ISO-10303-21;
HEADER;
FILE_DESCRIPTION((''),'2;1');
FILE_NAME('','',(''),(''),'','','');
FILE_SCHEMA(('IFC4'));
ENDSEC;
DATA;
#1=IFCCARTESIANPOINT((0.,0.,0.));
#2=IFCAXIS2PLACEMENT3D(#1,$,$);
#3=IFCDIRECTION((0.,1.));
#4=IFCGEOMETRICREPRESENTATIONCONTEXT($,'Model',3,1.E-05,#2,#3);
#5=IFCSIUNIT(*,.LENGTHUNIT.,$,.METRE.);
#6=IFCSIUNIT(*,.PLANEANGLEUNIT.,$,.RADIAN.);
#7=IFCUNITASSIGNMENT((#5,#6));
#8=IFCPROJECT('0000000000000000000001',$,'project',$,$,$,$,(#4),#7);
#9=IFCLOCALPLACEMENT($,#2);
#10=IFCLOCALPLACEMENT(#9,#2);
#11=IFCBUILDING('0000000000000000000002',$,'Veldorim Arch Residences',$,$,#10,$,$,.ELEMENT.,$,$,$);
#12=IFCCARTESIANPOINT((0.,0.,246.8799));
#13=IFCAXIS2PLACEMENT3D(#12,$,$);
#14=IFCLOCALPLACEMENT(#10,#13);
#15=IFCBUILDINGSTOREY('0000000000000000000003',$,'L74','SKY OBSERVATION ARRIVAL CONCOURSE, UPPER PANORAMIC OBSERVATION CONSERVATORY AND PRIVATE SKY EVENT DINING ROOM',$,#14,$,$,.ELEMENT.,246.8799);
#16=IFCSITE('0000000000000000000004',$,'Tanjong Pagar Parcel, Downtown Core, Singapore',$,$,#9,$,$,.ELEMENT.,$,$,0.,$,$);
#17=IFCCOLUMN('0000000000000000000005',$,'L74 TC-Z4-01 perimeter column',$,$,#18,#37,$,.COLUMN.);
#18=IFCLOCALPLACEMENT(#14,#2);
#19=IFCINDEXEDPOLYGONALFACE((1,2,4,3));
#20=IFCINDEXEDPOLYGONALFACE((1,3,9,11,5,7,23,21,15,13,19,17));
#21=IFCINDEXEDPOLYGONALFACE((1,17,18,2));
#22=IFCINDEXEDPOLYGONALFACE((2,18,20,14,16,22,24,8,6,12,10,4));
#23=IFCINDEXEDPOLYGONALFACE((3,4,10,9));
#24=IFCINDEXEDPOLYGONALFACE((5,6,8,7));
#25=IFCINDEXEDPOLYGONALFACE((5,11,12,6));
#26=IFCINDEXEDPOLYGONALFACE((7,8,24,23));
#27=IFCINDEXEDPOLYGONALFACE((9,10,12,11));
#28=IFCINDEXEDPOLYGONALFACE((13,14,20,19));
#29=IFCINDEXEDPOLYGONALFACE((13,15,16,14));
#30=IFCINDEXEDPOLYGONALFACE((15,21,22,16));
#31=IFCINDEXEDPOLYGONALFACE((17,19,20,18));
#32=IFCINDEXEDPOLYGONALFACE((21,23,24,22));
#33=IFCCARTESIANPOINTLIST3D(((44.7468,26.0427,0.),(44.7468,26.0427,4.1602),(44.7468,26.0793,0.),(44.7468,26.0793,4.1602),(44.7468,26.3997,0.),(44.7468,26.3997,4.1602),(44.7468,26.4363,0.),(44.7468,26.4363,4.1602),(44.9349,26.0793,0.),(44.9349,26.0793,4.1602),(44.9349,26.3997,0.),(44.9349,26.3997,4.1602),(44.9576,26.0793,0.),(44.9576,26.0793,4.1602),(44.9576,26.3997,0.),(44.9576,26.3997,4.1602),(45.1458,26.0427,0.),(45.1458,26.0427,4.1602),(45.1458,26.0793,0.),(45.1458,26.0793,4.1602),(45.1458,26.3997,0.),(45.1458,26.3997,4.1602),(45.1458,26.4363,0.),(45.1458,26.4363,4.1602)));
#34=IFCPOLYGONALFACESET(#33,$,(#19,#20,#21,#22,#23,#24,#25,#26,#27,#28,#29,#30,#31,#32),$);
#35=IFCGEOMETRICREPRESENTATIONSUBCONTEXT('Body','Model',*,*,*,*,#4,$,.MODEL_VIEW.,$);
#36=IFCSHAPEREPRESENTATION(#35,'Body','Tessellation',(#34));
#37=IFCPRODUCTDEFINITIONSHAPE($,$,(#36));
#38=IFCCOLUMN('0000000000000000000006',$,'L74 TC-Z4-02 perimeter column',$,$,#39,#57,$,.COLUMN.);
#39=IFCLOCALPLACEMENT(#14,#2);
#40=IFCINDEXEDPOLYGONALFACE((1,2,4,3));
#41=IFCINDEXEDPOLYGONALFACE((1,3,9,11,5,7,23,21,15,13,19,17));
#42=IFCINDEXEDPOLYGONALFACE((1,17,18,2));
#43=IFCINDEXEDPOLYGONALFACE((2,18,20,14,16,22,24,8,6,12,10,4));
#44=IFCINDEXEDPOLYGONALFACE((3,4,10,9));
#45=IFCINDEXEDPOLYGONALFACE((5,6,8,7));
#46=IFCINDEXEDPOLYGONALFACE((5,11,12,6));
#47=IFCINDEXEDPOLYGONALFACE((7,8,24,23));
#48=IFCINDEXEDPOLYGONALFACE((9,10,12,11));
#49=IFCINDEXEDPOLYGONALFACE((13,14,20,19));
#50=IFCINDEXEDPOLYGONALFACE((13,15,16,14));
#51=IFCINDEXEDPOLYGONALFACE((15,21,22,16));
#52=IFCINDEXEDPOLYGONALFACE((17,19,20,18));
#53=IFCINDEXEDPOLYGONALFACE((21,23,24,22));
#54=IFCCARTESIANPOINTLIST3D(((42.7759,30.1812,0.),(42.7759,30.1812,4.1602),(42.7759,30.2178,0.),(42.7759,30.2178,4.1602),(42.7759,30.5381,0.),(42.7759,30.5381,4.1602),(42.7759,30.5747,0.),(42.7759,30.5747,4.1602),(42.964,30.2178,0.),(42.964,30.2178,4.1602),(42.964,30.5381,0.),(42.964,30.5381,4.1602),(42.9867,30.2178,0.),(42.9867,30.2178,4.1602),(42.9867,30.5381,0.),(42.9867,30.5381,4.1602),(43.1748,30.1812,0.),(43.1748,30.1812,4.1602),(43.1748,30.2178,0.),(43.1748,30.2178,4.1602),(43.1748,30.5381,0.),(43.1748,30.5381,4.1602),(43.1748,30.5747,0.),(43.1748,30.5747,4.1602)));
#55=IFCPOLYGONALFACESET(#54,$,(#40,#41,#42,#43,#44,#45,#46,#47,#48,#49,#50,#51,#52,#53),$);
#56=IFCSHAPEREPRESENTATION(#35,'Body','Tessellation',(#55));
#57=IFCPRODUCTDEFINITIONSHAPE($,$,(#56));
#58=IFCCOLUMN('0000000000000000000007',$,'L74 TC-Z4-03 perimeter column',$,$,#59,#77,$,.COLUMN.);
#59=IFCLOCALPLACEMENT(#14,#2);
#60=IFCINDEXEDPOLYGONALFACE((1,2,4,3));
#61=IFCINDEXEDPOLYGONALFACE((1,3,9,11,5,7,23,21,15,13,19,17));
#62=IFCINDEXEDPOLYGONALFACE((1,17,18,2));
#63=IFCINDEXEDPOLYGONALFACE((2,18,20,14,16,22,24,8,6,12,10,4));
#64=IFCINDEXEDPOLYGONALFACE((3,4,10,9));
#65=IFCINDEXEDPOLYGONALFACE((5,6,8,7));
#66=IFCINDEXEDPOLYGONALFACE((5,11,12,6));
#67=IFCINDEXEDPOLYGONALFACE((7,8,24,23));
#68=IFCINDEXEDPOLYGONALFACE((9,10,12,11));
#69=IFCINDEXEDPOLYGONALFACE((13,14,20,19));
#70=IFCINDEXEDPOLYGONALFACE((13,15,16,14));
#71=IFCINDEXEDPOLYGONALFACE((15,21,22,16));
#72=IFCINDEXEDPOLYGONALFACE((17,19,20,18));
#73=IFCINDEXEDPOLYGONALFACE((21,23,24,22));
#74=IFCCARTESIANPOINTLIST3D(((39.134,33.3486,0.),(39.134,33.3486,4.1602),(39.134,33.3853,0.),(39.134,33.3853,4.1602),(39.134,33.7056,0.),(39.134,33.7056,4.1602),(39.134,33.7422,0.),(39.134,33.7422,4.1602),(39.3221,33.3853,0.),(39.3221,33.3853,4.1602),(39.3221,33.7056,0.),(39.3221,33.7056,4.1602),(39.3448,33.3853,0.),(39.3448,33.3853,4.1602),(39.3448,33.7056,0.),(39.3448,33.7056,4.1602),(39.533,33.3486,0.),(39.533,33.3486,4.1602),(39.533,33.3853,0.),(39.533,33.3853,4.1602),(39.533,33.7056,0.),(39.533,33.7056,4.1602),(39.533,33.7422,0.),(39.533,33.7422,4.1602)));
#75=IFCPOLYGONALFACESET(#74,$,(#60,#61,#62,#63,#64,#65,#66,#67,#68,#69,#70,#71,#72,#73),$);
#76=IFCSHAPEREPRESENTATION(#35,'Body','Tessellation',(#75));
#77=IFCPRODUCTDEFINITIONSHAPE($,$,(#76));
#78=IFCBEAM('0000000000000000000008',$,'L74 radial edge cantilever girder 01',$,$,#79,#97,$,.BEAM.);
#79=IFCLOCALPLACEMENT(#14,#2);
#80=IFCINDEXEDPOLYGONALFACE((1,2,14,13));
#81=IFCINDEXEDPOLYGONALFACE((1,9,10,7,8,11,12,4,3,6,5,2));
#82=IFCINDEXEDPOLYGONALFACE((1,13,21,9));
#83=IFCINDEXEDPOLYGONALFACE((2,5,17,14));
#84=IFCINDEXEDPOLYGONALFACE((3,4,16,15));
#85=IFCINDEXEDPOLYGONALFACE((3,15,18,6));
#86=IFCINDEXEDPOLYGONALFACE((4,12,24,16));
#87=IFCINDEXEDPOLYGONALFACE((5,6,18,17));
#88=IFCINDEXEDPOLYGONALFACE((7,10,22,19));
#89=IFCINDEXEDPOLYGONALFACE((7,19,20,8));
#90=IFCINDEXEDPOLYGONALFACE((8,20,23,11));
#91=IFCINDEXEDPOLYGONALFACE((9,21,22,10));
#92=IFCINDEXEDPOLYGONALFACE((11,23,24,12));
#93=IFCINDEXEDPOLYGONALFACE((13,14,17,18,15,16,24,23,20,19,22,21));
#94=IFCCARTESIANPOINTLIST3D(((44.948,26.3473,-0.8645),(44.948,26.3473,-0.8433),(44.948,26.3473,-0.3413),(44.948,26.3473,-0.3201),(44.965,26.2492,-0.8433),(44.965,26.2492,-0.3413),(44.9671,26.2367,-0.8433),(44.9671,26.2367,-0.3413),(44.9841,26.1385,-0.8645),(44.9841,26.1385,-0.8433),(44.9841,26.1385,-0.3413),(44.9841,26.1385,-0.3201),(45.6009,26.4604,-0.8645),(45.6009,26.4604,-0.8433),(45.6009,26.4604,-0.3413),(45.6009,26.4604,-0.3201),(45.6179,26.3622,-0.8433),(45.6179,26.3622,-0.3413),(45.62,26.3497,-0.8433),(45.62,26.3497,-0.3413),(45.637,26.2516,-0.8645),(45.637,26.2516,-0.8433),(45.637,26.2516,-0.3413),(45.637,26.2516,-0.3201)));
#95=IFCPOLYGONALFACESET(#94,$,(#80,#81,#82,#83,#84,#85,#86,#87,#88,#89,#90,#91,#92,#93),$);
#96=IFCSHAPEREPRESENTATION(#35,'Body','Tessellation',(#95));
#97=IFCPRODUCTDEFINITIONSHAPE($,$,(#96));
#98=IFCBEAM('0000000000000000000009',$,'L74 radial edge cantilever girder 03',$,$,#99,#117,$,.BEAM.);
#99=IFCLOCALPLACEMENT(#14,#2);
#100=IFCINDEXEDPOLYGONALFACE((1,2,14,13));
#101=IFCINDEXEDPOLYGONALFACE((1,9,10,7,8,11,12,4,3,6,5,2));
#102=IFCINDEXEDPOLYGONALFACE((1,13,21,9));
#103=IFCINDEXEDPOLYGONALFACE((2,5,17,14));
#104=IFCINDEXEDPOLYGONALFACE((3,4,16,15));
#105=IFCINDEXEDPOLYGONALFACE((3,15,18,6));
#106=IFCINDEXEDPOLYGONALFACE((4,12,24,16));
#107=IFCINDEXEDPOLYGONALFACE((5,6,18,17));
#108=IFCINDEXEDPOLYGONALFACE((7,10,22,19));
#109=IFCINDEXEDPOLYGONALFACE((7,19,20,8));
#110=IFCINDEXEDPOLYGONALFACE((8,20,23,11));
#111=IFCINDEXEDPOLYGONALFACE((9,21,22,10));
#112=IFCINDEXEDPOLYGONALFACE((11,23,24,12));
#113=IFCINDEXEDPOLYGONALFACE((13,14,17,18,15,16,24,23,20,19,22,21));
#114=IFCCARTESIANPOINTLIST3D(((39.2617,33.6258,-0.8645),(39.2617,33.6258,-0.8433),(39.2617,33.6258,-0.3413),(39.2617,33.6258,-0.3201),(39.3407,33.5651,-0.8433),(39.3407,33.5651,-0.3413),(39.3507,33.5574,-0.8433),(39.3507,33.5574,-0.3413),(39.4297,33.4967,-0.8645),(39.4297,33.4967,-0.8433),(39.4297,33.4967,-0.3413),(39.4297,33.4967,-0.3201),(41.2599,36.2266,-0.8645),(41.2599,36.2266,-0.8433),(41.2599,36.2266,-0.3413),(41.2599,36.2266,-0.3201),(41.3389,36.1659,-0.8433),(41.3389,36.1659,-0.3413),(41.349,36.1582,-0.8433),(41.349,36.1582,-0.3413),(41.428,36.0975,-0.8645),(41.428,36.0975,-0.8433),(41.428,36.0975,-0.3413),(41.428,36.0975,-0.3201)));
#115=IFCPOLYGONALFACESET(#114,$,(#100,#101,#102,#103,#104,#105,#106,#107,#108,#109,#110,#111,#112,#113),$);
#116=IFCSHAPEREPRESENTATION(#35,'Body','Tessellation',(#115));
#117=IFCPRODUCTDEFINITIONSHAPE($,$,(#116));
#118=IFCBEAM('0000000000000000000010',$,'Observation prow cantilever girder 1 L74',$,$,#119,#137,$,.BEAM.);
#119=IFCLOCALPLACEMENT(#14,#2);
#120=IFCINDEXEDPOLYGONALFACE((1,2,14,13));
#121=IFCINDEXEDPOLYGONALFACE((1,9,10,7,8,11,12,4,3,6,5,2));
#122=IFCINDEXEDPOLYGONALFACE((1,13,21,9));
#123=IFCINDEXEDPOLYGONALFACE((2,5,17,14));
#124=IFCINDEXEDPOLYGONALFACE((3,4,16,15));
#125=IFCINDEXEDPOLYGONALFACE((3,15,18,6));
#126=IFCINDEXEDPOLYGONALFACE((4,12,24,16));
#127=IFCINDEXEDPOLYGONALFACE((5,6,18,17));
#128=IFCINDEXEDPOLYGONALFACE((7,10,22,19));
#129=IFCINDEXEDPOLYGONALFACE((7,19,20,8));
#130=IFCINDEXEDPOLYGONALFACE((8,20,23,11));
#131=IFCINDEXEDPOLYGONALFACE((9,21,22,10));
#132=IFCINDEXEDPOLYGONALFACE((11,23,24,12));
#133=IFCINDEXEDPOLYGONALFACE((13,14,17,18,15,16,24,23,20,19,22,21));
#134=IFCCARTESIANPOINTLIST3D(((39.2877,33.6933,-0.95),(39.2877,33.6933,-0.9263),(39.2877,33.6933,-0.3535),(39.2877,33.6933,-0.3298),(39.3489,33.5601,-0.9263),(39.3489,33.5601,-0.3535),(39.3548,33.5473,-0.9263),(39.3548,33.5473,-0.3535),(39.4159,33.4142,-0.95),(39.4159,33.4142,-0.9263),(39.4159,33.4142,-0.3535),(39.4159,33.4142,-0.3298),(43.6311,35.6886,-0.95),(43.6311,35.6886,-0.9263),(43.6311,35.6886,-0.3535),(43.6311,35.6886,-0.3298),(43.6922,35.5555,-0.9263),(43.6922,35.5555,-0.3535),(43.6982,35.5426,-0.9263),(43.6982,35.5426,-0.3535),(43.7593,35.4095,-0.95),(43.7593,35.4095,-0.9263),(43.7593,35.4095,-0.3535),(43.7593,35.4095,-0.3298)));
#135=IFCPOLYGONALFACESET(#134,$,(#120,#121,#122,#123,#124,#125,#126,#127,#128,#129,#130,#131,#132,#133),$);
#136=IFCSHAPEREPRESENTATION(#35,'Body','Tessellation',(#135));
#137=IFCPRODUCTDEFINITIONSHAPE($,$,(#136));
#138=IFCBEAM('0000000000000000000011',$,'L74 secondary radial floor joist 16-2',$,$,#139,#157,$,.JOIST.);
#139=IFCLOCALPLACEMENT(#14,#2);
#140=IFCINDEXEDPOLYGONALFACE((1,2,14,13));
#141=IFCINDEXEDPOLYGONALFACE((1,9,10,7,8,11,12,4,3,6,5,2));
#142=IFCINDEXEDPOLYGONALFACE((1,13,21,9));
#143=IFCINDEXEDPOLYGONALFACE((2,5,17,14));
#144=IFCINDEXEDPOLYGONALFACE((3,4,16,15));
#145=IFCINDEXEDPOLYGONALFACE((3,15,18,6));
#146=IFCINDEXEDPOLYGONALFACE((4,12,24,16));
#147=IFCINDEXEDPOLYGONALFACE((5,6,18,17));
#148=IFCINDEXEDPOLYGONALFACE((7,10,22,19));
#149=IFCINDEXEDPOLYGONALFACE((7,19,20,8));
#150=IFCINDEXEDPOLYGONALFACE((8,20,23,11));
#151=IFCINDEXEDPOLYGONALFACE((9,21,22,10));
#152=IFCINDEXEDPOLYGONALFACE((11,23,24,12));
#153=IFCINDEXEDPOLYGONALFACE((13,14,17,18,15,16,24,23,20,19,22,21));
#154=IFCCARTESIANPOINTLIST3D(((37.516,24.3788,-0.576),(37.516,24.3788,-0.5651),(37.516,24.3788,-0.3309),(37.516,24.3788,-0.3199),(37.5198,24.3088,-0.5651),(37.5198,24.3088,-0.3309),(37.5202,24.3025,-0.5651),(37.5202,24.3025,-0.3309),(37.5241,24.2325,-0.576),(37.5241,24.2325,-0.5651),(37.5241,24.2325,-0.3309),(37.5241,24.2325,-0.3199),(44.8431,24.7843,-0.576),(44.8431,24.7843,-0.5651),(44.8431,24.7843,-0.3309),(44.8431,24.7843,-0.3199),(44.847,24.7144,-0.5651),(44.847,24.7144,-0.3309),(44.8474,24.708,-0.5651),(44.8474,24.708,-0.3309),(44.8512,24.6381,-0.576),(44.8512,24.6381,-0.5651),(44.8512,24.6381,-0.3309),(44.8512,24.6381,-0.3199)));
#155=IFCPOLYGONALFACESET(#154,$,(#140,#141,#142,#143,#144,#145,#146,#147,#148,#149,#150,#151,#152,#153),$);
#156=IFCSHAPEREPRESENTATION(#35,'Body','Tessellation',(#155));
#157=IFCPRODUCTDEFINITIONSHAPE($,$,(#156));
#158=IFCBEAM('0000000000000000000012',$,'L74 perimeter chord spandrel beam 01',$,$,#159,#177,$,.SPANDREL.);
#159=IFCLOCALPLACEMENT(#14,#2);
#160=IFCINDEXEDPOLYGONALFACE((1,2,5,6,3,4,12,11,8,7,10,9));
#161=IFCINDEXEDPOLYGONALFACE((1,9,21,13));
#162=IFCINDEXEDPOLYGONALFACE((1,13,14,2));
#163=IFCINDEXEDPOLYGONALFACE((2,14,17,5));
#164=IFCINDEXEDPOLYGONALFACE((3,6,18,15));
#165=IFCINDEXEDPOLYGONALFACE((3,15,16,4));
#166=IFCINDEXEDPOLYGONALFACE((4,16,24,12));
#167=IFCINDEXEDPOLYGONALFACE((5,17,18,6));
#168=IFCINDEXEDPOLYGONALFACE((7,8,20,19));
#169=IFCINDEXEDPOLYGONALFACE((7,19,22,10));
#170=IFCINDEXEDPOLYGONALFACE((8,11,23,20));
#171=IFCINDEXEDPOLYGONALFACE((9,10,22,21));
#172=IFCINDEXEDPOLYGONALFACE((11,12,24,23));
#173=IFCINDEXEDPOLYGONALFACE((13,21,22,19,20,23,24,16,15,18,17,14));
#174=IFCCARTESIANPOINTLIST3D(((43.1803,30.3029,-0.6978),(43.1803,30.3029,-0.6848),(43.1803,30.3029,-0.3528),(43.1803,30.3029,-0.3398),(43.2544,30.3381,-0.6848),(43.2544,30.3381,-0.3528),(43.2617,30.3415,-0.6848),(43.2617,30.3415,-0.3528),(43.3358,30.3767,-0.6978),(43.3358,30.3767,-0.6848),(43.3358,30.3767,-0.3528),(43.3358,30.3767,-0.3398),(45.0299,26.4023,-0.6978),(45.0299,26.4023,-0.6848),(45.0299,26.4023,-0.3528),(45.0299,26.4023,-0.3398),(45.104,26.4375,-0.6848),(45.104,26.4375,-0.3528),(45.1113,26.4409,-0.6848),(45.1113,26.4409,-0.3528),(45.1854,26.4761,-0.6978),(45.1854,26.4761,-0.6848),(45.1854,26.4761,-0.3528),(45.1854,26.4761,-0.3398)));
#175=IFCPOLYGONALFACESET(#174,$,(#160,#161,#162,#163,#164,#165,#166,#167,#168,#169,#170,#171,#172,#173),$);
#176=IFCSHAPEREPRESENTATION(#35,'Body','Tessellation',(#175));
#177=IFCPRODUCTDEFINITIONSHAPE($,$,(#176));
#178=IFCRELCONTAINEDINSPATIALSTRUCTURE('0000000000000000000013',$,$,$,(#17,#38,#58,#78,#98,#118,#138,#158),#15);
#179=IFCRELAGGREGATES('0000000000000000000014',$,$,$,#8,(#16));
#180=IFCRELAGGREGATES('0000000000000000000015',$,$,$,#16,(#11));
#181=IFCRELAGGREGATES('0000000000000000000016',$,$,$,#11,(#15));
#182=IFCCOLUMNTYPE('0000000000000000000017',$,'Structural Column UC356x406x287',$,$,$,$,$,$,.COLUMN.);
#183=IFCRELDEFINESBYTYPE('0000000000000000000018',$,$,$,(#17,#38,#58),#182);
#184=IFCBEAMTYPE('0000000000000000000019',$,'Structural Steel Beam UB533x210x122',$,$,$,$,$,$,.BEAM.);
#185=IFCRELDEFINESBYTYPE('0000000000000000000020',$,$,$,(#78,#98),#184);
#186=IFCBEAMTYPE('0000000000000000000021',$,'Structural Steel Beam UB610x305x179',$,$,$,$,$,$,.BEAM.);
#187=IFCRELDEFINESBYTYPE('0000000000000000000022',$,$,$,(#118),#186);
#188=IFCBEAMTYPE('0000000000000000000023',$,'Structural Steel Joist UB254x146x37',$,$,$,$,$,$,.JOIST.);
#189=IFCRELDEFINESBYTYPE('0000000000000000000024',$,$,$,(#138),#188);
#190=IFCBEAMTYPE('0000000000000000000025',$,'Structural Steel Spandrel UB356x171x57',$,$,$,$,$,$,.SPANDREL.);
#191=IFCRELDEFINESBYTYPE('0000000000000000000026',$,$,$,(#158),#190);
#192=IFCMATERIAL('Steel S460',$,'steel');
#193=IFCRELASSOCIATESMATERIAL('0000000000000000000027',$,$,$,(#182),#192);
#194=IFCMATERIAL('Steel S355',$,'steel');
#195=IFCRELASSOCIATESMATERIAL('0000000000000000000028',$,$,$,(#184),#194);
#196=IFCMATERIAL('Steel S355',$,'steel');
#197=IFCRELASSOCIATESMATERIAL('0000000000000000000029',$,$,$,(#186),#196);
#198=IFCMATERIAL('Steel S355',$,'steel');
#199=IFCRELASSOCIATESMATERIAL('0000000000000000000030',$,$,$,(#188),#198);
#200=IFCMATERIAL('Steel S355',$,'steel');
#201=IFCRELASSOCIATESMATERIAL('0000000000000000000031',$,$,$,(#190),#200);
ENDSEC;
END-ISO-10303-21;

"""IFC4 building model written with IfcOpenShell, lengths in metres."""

from ifc_helpers import new_model, si_unit, direction, frame, origin, origin_2d, place, context, subcontext, project, spatial, i_section, extrude, material, material_profile, profile_set, type_object, element, save


model = new_model("IFC4")

# Units and contexts
model_context = context("Model", 3, precision=1e-05, world=origin(), true_north=direction((0.0, 1.0)))
body_context = subcontext(model_context, "Body", "Model", "MODEL_VIEW")
ifc_project = project(units=[si_unit("LENGTHUNIT", "METRE"), si_unit("PLANEANGLEUNIT", "RADIAN")], contexts=[model_context])

# Site, building, storey
site_placement = place(None, origin())
site = spatial("IfcSite", under=ifc_project, at=site_placement, Name="Tanjong Pagar Parcel, Downtown Core, Singapore", CompositionType="ELEMENT", RefElevation=0.0)
building_placement = place(site_placement, origin())
building = spatial("IfcBuilding", under=site, at=building_placement, Name="Veldorim Arch Residences", CompositionType="ELEMENT")
storey_placement = place(building_placement, frame((0.0, 0.0, 246.8799)))
storey = spatial("IfcBuildingStorey", under=building, at=storey_placement, Name="L74", Description="SKY OBSERVATION ARRIVAL CONCOURSE, UPPER PANORAMIC OBSERVATION CONSERVATORY AND PRIVATE SKY EVENT DINING ROOM", CompositionType="ELEMENT", Elevation=246.8799)

# Columns
ifc_material_1 = material(Name="Steel S460", Category="steel")
ifc_material_profile_1 = material_profile(ifc_material_1, i_section(OverallWidth=0.3989, OverallDepth=0.3936, WebThickness=0.0227, FlangeThickness=0.0366, at=origin_2d()), Name="UC356x406x287")
ifc_profile_set_1 = profile_set([ifc_material_profile_1], Name="Steel S460")
column_type = type_object("IfcColumnType", Name="Structural Column UC356x406x287", PredefinedType="COLUMN", material=ifc_profile_set_1)
for number, where, z_axis, x_axis, name in (
    (1, (44.9463, 26.2395, 0.0), (0.0, 0.0, 1.0), (1.0, 0.0, 0.0), "L74 TC-Z4-01 perimeter column"),
    (2, (42.9753, 30.3779, 0.0), (0.0, 0.0, 1.0), (1.0, 0.0, 0.0), "L74 TC-Z4-02 perimeter column"),
    (3, (39.3335, 33.5454, 0.0), (0.0, 0.0, 1.0), (1.0, 0.0, 0.0), "L74 TC-Z4-03 perimeter column"),
):
    element("IfcColumn", number, at=place(storey_placement, frame(where, z_axis=z_axis, x_axis=x_axis)), inside=storey, type_object=column_type, Name=name, PredefinedType="COLUMN", context=body_context, shape_type="SweptSolid", body=[
        extrude(i_section(OverallWidth=0.3989, OverallDepth=0.3936, WebThickness=0.0227, FlangeThickness=0.0366, at=origin_2d()), origin(), (0.0, 0.0, 1.0), 4.1602),
    ])

# Beams
ifc_material_2 = material(Name="Steel S355", Category="steel")
ifc_material_profile_2 = material_profile(ifc_material_2, i_section(OverallWidth=0.2119, OverallDepth=0.5444, WebThickness=0.0127, FlangeThickness=0.0212, at=origin_2d()), Name="UB533x210x122")
ifc_profile_set_2 = profile_set([ifc_material_profile_2], Name="Steel S355")
beam_type_1 = type_object("IfcBeamType", Name="Structural Steel Beam UB533x210x122", PredefinedType="BEAM", material=ifc_profile_set_2)
beam_1_placement = place(storey_placement, frame((44.9661, 26.2429, -0.5923), z_axis=(0.985339, 0.17061, 0.0), x_axis=(-0.17061, 0.985339, 0.0)))
element("IfcBeam", 4, at=beam_1_placement, inside=storey, type_object=beam_type_1, Name="L74 radial edge cantilever girder 01", PredefinedType="BEAM", context=body_context, shape_type="SweptSolid", body=[
    extrude(i_section(OverallWidth=0.2119, OverallDepth=0.5444, WebThickness=0.0127, FlangeThickness=0.0212, at=origin_2d()), origin(), (0.0, 0.0, 1.0), 0.6626),
])
beam_2_placement = place(storey_placement, frame((39.3457, 33.5613, -0.5923), z_axis=(0.609261, 0.79297, 0.0), x_axis=(-0.79297, 0.609261, 0.0)))
element("IfcBeam", 5, at=beam_2_placement, inside=storey, type_object=beam_type_1, Name="L74 radial edge cantilever girder 03", PredefinedType="BEAM", context=body_context, shape_type="SweptSolid", body=[
    extrude(i_section(OverallWidth=0.2119, OverallDepth=0.5444, WebThickness=0.0127, FlangeThickness=0.0212, at=origin_2d()), origin(), (0.0, 0.0, 1.0), 3.2798),
])
ifc_material_3 = material(Name="Steel S355", Category="steel")
ifc_material_profile_3 = material_profile(ifc_material_3, i_section(OverallWidth=0.3071, OverallDepth=0.6201, WebThickness=0.0142, FlangeThickness=0.0237, at=origin_2d()), Name="UB610x305x179")
ifc_profile_set_3 = profile_set([ifc_material_profile_3], Name="Steel S355")
beam_type_2 = type_object("IfcBeamType", Name="Structural Steel Beam UB610x305x179", PredefinedType="BEAM", material=ifc_profile_set_3)
beam_3_placement = place(storey_placement, frame((39.3518, 33.5537, -0.6399), z_axis=(0.908701, 0.417448, 0.0), x_axis=(-0.417448, 0.908701, 0.0)))
element("IfcBeam", 6, at=beam_3_placement, inside=storey, type_object=beam_type_2, Name="Observation prow cantilever girder 1 L74", PredefinedType="BEAM", context=body_context, shape_type="SweptSolid", body=[
    extrude(i_section(OverallWidth=0.3071, OverallDepth=0.6201, WebThickness=0.0142, FlangeThickness=0.0237, at=origin_2d()), origin(), (0.0, 0.0, 1.0), 4.7798),
])
ifc_material_4 = material(Name="Steel S355", Category="steel")
ifc_material_profile_4 = material_profile(ifc_material_4, i_section(OverallWidth=0.1465, OverallDepth=0.2561, WebThickness=0.0063, FlangeThickness=0.011, at=origin_2d()), Name="UB254x146x37")
ifc_profile_set_4 = profile_set([ifc_material_profile_4], Name="Steel S355")
beam_type_3 = type_object("IfcBeamType", Name="Structural Steel Joist UB254x146x37", PredefinedType="JOIST", material=ifc_profile_set_4)
beam_4_placement = place(storey_placement, frame((37.52, 24.3057, -0.448), z_axis=(0.998472, 0.05526, 0.0), x_axis=(-0.05526, 0.998472, 0.0)))
element("IfcBeam", 7, at=beam_4_placement, inside=storey, type_object=beam_type_3, Name="L74 secondary radial floor joist 16-2", PredefinedType="JOIST", context=body_context, shape_type="SweptSolid", body=[
    extrude(i_section(OverallWidth=0.1465, OverallDepth=0.2561, WebThickness=0.0063, FlangeThickness=0.011, at=origin_2d()), origin(), (0.0, 0.0, 1.0), 7.3384),
])
ifc_material_5 = material(Name="Steel S355", Category="steel")
ifc_material_profile_5 = material_profile(ifc_material_5, i_section(OverallWidth=0.1721, OverallDepth=0.3579, WebThickness=0.0081, FlangeThickness=0.0129, at=origin_2d()), Name="UB356x171x57")
ifc_profile_set_5 = profile_set([ifc_material_profile_5], Name="Steel S355")
beam_type_4 = type_object("IfcBeamType", Name="Structural Steel Spandrel UB356x171x57", PredefinedType="SPANDREL", material=ifc_profile_set_5)
beam_5_placement = place(storey_placement, frame((45.1077, 26.4392, -0.5188), z_axis=(-0.428453, 0.903564, 0.0), x_axis=(-0.903564, -0.428453, 0.0)))
element("IfcBeam", 8, at=beam_5_placement, inside=storey, type_object=beam_type_4, Name="L74 perimeter chord spandrel beam 01", PredefinedType="SPANDREL", context=body_context, shape_type="SweptSolid", body=[
    extrude(i_section(OverallWidth=0.1721, OverallDepth=0.3579, WebThickness=0.0081, FlangeThickness=0.0129, at=origin_2d()), origin(), (0.0, 0.0, 1.0), 4.3169),
])

save(model, "model.ifc")
